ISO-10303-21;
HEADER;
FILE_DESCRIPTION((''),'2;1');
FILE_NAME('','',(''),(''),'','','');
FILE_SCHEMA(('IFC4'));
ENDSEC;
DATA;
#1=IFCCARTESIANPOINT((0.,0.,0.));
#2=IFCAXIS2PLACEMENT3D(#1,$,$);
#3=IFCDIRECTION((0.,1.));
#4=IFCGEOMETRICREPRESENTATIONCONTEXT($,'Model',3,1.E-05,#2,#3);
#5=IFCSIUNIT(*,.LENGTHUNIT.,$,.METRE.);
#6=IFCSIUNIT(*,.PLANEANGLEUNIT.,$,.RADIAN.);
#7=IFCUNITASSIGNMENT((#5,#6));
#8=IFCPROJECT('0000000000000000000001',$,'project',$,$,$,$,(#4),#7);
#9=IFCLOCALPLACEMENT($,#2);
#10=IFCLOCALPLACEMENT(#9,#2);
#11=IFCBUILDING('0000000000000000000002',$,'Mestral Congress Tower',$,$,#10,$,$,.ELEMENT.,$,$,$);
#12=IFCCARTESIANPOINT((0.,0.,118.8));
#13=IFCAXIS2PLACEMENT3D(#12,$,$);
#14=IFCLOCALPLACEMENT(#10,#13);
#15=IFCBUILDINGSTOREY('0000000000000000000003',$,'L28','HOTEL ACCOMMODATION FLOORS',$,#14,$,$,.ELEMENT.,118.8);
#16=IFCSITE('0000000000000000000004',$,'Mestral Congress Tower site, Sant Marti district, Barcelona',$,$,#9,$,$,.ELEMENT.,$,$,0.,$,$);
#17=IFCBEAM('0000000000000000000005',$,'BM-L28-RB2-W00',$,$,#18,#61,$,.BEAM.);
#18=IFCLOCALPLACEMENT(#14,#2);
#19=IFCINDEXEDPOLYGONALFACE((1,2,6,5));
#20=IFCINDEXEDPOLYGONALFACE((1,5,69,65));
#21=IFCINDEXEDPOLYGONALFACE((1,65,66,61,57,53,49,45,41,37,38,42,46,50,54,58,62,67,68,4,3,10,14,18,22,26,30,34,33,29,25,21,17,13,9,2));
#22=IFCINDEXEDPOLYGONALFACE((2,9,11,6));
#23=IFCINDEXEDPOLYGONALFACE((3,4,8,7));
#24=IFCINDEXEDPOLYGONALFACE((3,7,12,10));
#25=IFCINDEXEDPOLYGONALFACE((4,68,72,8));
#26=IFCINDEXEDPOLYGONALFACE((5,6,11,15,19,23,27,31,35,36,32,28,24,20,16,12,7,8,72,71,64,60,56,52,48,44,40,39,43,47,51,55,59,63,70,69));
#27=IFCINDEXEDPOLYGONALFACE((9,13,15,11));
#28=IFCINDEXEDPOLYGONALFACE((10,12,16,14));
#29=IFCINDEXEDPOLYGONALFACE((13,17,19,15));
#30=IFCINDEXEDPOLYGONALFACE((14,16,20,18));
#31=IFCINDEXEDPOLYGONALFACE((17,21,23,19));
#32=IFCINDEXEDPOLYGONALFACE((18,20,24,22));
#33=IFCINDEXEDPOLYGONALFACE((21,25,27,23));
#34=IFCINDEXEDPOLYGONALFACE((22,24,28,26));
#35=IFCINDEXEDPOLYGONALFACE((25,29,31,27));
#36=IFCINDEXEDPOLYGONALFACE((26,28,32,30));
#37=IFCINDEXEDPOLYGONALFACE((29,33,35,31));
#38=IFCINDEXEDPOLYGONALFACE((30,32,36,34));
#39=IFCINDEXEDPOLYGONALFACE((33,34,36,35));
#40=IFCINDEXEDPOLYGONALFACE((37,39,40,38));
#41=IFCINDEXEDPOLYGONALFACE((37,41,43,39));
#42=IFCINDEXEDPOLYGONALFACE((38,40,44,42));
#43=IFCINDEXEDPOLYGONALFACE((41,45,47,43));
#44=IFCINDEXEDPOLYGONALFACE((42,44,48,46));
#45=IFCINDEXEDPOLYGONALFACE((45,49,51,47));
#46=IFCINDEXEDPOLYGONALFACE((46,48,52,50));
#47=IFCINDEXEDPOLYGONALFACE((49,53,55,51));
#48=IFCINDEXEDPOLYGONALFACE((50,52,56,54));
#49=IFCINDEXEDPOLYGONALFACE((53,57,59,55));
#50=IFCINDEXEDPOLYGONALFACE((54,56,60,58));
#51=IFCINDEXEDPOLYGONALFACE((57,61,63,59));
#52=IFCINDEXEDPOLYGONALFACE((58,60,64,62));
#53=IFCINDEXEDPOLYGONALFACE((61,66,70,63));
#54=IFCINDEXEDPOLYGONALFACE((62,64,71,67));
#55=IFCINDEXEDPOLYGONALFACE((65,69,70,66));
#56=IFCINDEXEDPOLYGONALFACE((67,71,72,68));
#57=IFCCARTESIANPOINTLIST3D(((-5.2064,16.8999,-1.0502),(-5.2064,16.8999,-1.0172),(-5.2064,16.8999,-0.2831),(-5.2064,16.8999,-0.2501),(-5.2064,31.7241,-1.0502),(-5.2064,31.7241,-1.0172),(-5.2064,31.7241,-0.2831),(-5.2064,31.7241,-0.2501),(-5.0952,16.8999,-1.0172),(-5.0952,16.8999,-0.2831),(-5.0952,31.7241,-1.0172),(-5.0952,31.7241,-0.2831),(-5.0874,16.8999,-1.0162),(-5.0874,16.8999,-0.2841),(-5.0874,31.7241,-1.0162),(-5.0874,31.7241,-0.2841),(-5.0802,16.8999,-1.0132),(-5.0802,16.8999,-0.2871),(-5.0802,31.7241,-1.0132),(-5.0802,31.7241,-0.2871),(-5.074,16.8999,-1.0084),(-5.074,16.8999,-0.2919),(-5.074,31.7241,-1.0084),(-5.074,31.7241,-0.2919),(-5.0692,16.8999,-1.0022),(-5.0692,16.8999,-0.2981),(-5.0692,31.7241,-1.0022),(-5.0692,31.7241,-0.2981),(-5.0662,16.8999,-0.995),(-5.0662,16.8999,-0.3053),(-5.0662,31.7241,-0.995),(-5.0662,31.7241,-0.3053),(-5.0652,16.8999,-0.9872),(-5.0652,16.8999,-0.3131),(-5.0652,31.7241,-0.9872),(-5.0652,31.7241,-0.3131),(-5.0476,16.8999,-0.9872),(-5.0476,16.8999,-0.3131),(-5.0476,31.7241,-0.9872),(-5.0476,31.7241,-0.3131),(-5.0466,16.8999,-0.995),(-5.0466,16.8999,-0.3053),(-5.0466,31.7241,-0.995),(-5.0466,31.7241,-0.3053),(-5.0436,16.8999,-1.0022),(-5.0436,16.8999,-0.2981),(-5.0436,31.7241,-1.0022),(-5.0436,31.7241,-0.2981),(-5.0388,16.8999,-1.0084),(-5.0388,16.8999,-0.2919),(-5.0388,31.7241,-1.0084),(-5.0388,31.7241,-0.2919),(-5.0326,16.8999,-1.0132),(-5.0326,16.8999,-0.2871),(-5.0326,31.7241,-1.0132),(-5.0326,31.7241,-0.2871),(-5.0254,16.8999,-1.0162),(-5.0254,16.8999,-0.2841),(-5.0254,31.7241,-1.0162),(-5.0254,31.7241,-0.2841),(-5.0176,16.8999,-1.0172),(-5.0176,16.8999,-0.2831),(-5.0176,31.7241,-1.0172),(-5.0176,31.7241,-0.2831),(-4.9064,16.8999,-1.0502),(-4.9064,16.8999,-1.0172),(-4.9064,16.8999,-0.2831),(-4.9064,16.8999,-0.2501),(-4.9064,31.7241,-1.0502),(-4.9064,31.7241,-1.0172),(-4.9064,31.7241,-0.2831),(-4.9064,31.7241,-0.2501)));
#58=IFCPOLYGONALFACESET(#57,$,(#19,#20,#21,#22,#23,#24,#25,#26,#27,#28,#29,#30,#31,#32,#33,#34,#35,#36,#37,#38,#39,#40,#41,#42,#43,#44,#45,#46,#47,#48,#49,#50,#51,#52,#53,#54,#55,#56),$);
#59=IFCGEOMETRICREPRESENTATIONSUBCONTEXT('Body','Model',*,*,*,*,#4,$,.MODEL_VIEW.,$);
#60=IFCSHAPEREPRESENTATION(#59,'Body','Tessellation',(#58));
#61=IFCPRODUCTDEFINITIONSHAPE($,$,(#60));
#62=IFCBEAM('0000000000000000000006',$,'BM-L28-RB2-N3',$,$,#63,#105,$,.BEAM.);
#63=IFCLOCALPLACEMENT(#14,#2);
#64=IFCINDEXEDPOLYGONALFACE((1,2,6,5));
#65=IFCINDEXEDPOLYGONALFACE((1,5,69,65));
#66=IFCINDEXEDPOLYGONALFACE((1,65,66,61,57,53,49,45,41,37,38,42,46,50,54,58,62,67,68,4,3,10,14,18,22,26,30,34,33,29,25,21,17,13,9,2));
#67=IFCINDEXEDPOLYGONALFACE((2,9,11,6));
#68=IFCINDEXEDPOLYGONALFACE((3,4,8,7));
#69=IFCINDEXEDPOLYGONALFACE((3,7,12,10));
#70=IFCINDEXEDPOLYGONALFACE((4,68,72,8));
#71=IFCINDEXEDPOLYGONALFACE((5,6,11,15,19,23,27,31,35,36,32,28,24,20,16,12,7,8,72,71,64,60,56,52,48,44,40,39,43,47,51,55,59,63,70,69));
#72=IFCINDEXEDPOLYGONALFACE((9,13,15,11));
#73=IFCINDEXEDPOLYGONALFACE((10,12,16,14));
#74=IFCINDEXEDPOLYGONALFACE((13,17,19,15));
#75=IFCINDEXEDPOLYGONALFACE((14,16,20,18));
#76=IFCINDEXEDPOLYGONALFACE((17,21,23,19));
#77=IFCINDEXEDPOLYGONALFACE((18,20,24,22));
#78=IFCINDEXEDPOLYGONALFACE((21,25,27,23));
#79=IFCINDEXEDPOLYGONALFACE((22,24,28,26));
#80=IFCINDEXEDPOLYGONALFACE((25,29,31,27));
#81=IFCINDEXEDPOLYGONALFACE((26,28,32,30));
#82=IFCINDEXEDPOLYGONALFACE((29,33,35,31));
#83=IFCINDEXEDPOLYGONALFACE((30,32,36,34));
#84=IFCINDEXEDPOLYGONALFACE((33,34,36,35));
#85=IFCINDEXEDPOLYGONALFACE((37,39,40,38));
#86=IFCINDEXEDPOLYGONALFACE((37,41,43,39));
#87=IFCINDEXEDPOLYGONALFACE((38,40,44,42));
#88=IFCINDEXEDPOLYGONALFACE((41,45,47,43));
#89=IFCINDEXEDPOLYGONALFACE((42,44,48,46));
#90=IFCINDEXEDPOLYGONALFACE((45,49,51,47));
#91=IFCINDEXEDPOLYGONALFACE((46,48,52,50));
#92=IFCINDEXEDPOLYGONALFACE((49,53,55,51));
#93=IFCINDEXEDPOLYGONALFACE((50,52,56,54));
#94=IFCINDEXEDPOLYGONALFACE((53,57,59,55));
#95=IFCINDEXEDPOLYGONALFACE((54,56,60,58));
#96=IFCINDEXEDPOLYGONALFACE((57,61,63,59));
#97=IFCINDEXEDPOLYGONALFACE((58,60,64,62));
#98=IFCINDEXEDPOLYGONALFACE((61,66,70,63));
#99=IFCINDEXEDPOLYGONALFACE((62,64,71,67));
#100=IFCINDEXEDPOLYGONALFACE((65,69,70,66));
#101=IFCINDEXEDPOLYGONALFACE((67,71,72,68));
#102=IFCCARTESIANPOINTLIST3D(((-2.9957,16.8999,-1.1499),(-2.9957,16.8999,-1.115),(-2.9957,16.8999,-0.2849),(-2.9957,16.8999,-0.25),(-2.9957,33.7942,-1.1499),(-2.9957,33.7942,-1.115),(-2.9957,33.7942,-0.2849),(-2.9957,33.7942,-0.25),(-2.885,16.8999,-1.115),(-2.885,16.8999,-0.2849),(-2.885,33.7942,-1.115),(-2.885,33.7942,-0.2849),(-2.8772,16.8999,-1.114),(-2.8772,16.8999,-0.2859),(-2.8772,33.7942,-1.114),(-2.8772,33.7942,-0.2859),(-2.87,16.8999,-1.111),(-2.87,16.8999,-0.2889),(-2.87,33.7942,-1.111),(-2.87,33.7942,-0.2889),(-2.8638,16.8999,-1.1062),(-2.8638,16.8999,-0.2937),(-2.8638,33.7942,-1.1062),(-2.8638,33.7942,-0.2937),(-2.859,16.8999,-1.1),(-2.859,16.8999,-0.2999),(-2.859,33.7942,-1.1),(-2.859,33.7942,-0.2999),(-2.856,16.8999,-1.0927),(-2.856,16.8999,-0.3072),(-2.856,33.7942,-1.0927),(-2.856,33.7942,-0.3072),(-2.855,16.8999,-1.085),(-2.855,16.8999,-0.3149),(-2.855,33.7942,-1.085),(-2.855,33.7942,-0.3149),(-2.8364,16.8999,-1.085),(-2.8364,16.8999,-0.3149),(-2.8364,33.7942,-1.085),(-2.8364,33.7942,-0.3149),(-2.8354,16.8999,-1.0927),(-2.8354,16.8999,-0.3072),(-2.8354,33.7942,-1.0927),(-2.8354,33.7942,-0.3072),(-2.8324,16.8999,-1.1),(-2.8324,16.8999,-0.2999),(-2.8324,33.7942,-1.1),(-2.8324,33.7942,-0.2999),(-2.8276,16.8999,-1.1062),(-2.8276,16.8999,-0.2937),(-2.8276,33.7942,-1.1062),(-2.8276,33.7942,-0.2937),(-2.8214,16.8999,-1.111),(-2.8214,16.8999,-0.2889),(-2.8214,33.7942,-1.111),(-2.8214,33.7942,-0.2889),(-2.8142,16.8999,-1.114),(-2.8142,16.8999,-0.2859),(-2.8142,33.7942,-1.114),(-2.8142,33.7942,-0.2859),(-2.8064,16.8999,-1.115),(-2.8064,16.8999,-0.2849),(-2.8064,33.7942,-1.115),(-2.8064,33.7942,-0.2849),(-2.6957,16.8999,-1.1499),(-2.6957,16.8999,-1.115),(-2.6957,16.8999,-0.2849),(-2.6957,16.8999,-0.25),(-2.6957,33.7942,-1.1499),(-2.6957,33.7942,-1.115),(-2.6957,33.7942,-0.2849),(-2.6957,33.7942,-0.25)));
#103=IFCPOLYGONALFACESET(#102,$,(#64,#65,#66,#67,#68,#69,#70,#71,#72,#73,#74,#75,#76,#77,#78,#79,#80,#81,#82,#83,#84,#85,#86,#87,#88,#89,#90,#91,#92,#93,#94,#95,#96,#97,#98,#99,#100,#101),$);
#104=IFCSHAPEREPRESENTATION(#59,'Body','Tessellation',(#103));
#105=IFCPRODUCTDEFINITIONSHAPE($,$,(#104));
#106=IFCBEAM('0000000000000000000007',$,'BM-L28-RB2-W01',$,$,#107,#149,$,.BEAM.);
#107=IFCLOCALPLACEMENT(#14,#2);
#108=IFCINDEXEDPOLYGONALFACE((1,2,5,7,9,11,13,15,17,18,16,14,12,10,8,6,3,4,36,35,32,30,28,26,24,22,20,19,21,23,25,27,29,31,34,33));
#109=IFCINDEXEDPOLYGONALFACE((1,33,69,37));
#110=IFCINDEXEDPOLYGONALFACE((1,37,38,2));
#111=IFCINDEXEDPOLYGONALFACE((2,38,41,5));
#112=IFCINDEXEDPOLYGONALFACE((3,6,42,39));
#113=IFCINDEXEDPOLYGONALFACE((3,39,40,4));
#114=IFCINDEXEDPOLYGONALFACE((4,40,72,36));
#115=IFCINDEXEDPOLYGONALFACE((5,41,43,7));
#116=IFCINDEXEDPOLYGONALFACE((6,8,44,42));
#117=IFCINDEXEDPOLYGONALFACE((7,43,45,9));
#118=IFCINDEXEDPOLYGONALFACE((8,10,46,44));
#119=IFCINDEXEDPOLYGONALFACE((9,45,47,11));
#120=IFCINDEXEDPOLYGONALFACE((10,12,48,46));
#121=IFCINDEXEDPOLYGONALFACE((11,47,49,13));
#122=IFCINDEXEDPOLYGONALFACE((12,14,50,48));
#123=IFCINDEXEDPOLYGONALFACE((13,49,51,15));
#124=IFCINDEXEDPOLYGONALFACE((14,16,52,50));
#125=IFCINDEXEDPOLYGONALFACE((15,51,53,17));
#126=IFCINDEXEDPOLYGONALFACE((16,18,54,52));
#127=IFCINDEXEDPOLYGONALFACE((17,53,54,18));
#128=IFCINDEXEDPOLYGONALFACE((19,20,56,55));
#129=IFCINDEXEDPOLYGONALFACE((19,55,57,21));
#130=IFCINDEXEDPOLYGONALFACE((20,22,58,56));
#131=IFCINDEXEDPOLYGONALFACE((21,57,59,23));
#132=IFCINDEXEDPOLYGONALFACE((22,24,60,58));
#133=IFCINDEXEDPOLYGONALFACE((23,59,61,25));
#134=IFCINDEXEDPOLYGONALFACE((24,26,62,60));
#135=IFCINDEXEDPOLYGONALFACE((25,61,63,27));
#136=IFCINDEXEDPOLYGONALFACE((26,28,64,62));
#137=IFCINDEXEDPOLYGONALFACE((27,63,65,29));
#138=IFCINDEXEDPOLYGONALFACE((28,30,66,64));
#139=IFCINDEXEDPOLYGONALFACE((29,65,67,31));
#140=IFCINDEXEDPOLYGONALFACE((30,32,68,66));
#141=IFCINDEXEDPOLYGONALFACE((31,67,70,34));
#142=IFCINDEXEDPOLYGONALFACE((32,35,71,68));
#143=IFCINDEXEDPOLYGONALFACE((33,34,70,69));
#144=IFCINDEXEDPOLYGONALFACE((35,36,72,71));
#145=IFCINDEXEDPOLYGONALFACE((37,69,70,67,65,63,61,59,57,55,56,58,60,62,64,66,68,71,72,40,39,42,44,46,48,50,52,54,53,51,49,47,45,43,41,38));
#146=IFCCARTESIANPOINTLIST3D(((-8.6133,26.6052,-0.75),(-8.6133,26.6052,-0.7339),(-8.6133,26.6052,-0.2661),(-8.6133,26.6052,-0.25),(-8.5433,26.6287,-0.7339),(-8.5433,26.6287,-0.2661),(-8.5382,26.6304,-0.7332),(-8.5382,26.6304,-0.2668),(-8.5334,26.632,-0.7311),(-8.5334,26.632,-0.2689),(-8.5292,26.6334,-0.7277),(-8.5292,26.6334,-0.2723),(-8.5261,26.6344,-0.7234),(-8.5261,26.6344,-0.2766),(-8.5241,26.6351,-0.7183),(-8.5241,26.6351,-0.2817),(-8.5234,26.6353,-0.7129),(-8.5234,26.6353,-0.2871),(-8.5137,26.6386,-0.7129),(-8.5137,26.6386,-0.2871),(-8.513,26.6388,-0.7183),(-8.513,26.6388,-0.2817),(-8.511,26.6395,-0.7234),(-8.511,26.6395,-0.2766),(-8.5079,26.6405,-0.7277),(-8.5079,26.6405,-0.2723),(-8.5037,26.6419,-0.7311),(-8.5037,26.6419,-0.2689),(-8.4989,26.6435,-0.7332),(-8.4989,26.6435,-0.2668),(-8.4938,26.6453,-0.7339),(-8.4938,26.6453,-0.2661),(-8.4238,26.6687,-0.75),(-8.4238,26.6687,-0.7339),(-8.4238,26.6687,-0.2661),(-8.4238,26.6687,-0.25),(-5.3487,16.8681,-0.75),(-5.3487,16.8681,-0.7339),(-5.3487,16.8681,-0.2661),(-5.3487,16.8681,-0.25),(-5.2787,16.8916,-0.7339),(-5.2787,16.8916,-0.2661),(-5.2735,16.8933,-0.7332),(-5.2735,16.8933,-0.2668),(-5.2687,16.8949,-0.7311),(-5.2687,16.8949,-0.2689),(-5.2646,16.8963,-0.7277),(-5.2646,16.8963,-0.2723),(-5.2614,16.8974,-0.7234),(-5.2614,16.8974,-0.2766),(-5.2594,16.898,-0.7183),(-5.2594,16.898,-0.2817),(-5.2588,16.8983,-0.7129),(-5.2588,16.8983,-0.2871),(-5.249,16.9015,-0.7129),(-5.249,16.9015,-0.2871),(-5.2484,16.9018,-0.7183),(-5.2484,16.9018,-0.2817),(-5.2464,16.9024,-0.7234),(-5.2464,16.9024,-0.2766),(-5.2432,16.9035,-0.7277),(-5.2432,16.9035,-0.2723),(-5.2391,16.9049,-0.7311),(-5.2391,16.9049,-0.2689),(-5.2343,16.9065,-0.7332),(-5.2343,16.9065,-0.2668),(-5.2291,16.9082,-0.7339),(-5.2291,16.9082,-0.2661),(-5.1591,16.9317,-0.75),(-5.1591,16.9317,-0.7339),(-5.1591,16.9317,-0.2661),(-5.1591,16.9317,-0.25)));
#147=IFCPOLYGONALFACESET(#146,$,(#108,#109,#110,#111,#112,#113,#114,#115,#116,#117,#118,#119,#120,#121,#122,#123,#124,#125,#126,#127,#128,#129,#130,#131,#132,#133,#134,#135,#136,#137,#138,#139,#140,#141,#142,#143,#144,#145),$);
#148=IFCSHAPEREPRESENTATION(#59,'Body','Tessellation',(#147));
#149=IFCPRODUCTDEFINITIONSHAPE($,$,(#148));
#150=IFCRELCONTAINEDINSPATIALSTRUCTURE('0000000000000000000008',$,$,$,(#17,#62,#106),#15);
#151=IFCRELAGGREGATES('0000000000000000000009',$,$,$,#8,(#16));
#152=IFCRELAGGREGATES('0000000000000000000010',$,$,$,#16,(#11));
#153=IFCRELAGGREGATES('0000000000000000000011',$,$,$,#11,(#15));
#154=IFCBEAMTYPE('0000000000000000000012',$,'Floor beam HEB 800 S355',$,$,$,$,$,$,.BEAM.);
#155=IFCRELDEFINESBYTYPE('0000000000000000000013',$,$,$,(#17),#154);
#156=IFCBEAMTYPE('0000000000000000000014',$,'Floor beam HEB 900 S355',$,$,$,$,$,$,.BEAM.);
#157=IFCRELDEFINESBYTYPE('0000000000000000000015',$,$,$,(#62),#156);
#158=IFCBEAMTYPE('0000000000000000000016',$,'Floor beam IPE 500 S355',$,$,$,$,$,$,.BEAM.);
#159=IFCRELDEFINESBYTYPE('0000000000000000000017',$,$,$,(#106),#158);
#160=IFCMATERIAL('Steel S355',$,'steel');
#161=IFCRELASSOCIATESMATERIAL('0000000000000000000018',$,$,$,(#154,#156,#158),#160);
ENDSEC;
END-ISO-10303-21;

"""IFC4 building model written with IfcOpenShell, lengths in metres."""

from ifc_helpers import new_model, si_unit, direction, frame, origin, origin_2d, place, context, subcontext, project, spatial, i_section, extrude, material, material_profile, profile_set, type_object, element, save


model = new_model("IFC4")

# Units and contexts
model_context = context("Model", 3, precision=1e-05, world=origin(), true_north=direction((0.0, 1.0)))
body_context = subcontext(model_context, "Body", "Model", "MODEL_VIEW")
ifc_project = project(units=[si_unit("LENGTHUNIT", "METRE"), si_unit("PLANEANGLEUNIT", "RADIAN")], contexts=[model_context])

# Site, building, storey
site_placement = place(None, origin())
site = spatial("IfcSite", under=ifc_project, at=site_placement, Name="Mestral Congress Tower site, Sant Marti district, Barcelona", CompositionType="ELEMENT", RefElevation=0.0)
building_placement = place(site_placement, origin())
building = spatial("IfcBuilding", under=site, at=building_placement, Name="Mestral Congress Tower", CompositionType="ELEMENT")
storey_placement = place(building_placement, frame((0.0, 0.0, 118.8)))
storey = spatial("IfcBuildingStorey", under=building, at=storey_placement, Name="L28", Description="HOTEL ACCOMMODATION FLOORS", CompositionType="ELEMENT", Elevation=118.8)

# Beams
ifc_material_1 = material(Name="Steel S355", Category="steel")
ifc_material_profile_1 = material_profile(ifc_material_1, i_section(OverallWidth=0.3, OverallDepth=0.8, WebThickness=0.0176, FlangeThickness=0.033, FilletRadius=0.03, at=origin_2d()), Name="HEB 800")
ifc_profile_set_1 = profile_set([ifc_material_profile_1], Name="Steel S355")
beam_type_1 = type_object("IfcBeamType", Name="Floor beam HEB 800 S355", PredefinedType="BEAM", material=ifc_profile_set_1)
beam_1_placement = place(storey_placement, frame((-5.0564, 31.7241, -0.6501), z_axis=(0.0, -1.0, 0.0), x_axis=(1.0, 0.0, 0.0)))
element("IfcBeam", 1, at=beam_1_placement, inside=storey, type_object=beam_type_1, Name="BM-L28-RB2-W00", PredefinedType="BEAM", context=body_context, shape_type="SweptSolid", body=[
    extrude(i_section(OverallWidth=0.3, OverallDepth=0.8, WebThickness=0.0176, FlangeThickness=0.033, FilletRadius=0.03, at=origin_2d()), origin(), (0.0, 0.0, 1.0), 14.8242),
])
ifc_material_profile_2 = material_profile(ifc_material_1, i_section(OverallWidth=0.3, OverallDepth=0.8999, WebThickness=0.0186, FlangeThickness=0.0349, FilletRadius=0.03, at=origin_2d()), Name="HEB 900")
ifc_profile_set_2 = profile_set([ifc_material_profile_2], Name="Steel S355")
beam_type_2 = type_object("IfcBeamType", Name="Floor beam HEB 900 S355", PredefinedType="BEAM", material=ifc_profile_set_2)
beam_2_placement = place(storey_placement, frame((-2.8457, 33.7942, -0.7), z_axis=(0.0, -1.0, 0.0), x_axis=(1.0, 0.0, 0.0)))
element("IfcBeam", 2, at=beam_2_placement, inside=storey, type_object=beam_type_2, Name="BM-L28-RB2-N3", PredefinedType="BEAM", context=body_context, shape_type="SweptSolid", body=[
    extrude(i_section(OverallWidth=0.3, OverallDepth=0.8999, WebThickness=0.0186, FlangeThickness=0.0349, FilletRadius=0.03, at=origin_2d()), origin(), (0.0, 0.0, 1.0), 16.8943),
])
ifc_material_profile_3 = material_profile(ifc_material_1, i_section(OverallWidth=0.2, OverallDepth=0.5, WebThickness=0.0103, FlangeThickness=0.0161, FilletRadius=0.021, at=origin_2d()), Name="IPE 500")
ifc_profile_set_3 = profile_set([ifc_material_profile_3], Name="Steel S355")
beam_type_3 = type_object("IfcBeamType", Name="Floor beam IPE 500 S355", PredefinedType="BEAM", material=ifc_profile_set_3)
beam_3_placement = place(storey_placement, frame((-8.5186, 26.637, -0.5), z_axis=(0.317889, -0.948128, 0.0), x_axis=(0.948128, 0.317889, 0.0)))
element("IfcBeam", 3, at=beam_3_placement, inside=storey, type_object=beam_type_3, Name="BM-L28-RB2-W01", PredefinedType="BEAM", context=body_context, shape_type="SweptSolid", body=[
    extrude(i_section(OverallWidth=0.2, OverallDepth=0.5, WebThickness=0.0103, FlangeThickness=0.0161, FilletRadius=0.021, at=origin_2d()), origin(), (0.0, 0.0, 1.0), 10.2698),
])

save(model, "model.ifc")
